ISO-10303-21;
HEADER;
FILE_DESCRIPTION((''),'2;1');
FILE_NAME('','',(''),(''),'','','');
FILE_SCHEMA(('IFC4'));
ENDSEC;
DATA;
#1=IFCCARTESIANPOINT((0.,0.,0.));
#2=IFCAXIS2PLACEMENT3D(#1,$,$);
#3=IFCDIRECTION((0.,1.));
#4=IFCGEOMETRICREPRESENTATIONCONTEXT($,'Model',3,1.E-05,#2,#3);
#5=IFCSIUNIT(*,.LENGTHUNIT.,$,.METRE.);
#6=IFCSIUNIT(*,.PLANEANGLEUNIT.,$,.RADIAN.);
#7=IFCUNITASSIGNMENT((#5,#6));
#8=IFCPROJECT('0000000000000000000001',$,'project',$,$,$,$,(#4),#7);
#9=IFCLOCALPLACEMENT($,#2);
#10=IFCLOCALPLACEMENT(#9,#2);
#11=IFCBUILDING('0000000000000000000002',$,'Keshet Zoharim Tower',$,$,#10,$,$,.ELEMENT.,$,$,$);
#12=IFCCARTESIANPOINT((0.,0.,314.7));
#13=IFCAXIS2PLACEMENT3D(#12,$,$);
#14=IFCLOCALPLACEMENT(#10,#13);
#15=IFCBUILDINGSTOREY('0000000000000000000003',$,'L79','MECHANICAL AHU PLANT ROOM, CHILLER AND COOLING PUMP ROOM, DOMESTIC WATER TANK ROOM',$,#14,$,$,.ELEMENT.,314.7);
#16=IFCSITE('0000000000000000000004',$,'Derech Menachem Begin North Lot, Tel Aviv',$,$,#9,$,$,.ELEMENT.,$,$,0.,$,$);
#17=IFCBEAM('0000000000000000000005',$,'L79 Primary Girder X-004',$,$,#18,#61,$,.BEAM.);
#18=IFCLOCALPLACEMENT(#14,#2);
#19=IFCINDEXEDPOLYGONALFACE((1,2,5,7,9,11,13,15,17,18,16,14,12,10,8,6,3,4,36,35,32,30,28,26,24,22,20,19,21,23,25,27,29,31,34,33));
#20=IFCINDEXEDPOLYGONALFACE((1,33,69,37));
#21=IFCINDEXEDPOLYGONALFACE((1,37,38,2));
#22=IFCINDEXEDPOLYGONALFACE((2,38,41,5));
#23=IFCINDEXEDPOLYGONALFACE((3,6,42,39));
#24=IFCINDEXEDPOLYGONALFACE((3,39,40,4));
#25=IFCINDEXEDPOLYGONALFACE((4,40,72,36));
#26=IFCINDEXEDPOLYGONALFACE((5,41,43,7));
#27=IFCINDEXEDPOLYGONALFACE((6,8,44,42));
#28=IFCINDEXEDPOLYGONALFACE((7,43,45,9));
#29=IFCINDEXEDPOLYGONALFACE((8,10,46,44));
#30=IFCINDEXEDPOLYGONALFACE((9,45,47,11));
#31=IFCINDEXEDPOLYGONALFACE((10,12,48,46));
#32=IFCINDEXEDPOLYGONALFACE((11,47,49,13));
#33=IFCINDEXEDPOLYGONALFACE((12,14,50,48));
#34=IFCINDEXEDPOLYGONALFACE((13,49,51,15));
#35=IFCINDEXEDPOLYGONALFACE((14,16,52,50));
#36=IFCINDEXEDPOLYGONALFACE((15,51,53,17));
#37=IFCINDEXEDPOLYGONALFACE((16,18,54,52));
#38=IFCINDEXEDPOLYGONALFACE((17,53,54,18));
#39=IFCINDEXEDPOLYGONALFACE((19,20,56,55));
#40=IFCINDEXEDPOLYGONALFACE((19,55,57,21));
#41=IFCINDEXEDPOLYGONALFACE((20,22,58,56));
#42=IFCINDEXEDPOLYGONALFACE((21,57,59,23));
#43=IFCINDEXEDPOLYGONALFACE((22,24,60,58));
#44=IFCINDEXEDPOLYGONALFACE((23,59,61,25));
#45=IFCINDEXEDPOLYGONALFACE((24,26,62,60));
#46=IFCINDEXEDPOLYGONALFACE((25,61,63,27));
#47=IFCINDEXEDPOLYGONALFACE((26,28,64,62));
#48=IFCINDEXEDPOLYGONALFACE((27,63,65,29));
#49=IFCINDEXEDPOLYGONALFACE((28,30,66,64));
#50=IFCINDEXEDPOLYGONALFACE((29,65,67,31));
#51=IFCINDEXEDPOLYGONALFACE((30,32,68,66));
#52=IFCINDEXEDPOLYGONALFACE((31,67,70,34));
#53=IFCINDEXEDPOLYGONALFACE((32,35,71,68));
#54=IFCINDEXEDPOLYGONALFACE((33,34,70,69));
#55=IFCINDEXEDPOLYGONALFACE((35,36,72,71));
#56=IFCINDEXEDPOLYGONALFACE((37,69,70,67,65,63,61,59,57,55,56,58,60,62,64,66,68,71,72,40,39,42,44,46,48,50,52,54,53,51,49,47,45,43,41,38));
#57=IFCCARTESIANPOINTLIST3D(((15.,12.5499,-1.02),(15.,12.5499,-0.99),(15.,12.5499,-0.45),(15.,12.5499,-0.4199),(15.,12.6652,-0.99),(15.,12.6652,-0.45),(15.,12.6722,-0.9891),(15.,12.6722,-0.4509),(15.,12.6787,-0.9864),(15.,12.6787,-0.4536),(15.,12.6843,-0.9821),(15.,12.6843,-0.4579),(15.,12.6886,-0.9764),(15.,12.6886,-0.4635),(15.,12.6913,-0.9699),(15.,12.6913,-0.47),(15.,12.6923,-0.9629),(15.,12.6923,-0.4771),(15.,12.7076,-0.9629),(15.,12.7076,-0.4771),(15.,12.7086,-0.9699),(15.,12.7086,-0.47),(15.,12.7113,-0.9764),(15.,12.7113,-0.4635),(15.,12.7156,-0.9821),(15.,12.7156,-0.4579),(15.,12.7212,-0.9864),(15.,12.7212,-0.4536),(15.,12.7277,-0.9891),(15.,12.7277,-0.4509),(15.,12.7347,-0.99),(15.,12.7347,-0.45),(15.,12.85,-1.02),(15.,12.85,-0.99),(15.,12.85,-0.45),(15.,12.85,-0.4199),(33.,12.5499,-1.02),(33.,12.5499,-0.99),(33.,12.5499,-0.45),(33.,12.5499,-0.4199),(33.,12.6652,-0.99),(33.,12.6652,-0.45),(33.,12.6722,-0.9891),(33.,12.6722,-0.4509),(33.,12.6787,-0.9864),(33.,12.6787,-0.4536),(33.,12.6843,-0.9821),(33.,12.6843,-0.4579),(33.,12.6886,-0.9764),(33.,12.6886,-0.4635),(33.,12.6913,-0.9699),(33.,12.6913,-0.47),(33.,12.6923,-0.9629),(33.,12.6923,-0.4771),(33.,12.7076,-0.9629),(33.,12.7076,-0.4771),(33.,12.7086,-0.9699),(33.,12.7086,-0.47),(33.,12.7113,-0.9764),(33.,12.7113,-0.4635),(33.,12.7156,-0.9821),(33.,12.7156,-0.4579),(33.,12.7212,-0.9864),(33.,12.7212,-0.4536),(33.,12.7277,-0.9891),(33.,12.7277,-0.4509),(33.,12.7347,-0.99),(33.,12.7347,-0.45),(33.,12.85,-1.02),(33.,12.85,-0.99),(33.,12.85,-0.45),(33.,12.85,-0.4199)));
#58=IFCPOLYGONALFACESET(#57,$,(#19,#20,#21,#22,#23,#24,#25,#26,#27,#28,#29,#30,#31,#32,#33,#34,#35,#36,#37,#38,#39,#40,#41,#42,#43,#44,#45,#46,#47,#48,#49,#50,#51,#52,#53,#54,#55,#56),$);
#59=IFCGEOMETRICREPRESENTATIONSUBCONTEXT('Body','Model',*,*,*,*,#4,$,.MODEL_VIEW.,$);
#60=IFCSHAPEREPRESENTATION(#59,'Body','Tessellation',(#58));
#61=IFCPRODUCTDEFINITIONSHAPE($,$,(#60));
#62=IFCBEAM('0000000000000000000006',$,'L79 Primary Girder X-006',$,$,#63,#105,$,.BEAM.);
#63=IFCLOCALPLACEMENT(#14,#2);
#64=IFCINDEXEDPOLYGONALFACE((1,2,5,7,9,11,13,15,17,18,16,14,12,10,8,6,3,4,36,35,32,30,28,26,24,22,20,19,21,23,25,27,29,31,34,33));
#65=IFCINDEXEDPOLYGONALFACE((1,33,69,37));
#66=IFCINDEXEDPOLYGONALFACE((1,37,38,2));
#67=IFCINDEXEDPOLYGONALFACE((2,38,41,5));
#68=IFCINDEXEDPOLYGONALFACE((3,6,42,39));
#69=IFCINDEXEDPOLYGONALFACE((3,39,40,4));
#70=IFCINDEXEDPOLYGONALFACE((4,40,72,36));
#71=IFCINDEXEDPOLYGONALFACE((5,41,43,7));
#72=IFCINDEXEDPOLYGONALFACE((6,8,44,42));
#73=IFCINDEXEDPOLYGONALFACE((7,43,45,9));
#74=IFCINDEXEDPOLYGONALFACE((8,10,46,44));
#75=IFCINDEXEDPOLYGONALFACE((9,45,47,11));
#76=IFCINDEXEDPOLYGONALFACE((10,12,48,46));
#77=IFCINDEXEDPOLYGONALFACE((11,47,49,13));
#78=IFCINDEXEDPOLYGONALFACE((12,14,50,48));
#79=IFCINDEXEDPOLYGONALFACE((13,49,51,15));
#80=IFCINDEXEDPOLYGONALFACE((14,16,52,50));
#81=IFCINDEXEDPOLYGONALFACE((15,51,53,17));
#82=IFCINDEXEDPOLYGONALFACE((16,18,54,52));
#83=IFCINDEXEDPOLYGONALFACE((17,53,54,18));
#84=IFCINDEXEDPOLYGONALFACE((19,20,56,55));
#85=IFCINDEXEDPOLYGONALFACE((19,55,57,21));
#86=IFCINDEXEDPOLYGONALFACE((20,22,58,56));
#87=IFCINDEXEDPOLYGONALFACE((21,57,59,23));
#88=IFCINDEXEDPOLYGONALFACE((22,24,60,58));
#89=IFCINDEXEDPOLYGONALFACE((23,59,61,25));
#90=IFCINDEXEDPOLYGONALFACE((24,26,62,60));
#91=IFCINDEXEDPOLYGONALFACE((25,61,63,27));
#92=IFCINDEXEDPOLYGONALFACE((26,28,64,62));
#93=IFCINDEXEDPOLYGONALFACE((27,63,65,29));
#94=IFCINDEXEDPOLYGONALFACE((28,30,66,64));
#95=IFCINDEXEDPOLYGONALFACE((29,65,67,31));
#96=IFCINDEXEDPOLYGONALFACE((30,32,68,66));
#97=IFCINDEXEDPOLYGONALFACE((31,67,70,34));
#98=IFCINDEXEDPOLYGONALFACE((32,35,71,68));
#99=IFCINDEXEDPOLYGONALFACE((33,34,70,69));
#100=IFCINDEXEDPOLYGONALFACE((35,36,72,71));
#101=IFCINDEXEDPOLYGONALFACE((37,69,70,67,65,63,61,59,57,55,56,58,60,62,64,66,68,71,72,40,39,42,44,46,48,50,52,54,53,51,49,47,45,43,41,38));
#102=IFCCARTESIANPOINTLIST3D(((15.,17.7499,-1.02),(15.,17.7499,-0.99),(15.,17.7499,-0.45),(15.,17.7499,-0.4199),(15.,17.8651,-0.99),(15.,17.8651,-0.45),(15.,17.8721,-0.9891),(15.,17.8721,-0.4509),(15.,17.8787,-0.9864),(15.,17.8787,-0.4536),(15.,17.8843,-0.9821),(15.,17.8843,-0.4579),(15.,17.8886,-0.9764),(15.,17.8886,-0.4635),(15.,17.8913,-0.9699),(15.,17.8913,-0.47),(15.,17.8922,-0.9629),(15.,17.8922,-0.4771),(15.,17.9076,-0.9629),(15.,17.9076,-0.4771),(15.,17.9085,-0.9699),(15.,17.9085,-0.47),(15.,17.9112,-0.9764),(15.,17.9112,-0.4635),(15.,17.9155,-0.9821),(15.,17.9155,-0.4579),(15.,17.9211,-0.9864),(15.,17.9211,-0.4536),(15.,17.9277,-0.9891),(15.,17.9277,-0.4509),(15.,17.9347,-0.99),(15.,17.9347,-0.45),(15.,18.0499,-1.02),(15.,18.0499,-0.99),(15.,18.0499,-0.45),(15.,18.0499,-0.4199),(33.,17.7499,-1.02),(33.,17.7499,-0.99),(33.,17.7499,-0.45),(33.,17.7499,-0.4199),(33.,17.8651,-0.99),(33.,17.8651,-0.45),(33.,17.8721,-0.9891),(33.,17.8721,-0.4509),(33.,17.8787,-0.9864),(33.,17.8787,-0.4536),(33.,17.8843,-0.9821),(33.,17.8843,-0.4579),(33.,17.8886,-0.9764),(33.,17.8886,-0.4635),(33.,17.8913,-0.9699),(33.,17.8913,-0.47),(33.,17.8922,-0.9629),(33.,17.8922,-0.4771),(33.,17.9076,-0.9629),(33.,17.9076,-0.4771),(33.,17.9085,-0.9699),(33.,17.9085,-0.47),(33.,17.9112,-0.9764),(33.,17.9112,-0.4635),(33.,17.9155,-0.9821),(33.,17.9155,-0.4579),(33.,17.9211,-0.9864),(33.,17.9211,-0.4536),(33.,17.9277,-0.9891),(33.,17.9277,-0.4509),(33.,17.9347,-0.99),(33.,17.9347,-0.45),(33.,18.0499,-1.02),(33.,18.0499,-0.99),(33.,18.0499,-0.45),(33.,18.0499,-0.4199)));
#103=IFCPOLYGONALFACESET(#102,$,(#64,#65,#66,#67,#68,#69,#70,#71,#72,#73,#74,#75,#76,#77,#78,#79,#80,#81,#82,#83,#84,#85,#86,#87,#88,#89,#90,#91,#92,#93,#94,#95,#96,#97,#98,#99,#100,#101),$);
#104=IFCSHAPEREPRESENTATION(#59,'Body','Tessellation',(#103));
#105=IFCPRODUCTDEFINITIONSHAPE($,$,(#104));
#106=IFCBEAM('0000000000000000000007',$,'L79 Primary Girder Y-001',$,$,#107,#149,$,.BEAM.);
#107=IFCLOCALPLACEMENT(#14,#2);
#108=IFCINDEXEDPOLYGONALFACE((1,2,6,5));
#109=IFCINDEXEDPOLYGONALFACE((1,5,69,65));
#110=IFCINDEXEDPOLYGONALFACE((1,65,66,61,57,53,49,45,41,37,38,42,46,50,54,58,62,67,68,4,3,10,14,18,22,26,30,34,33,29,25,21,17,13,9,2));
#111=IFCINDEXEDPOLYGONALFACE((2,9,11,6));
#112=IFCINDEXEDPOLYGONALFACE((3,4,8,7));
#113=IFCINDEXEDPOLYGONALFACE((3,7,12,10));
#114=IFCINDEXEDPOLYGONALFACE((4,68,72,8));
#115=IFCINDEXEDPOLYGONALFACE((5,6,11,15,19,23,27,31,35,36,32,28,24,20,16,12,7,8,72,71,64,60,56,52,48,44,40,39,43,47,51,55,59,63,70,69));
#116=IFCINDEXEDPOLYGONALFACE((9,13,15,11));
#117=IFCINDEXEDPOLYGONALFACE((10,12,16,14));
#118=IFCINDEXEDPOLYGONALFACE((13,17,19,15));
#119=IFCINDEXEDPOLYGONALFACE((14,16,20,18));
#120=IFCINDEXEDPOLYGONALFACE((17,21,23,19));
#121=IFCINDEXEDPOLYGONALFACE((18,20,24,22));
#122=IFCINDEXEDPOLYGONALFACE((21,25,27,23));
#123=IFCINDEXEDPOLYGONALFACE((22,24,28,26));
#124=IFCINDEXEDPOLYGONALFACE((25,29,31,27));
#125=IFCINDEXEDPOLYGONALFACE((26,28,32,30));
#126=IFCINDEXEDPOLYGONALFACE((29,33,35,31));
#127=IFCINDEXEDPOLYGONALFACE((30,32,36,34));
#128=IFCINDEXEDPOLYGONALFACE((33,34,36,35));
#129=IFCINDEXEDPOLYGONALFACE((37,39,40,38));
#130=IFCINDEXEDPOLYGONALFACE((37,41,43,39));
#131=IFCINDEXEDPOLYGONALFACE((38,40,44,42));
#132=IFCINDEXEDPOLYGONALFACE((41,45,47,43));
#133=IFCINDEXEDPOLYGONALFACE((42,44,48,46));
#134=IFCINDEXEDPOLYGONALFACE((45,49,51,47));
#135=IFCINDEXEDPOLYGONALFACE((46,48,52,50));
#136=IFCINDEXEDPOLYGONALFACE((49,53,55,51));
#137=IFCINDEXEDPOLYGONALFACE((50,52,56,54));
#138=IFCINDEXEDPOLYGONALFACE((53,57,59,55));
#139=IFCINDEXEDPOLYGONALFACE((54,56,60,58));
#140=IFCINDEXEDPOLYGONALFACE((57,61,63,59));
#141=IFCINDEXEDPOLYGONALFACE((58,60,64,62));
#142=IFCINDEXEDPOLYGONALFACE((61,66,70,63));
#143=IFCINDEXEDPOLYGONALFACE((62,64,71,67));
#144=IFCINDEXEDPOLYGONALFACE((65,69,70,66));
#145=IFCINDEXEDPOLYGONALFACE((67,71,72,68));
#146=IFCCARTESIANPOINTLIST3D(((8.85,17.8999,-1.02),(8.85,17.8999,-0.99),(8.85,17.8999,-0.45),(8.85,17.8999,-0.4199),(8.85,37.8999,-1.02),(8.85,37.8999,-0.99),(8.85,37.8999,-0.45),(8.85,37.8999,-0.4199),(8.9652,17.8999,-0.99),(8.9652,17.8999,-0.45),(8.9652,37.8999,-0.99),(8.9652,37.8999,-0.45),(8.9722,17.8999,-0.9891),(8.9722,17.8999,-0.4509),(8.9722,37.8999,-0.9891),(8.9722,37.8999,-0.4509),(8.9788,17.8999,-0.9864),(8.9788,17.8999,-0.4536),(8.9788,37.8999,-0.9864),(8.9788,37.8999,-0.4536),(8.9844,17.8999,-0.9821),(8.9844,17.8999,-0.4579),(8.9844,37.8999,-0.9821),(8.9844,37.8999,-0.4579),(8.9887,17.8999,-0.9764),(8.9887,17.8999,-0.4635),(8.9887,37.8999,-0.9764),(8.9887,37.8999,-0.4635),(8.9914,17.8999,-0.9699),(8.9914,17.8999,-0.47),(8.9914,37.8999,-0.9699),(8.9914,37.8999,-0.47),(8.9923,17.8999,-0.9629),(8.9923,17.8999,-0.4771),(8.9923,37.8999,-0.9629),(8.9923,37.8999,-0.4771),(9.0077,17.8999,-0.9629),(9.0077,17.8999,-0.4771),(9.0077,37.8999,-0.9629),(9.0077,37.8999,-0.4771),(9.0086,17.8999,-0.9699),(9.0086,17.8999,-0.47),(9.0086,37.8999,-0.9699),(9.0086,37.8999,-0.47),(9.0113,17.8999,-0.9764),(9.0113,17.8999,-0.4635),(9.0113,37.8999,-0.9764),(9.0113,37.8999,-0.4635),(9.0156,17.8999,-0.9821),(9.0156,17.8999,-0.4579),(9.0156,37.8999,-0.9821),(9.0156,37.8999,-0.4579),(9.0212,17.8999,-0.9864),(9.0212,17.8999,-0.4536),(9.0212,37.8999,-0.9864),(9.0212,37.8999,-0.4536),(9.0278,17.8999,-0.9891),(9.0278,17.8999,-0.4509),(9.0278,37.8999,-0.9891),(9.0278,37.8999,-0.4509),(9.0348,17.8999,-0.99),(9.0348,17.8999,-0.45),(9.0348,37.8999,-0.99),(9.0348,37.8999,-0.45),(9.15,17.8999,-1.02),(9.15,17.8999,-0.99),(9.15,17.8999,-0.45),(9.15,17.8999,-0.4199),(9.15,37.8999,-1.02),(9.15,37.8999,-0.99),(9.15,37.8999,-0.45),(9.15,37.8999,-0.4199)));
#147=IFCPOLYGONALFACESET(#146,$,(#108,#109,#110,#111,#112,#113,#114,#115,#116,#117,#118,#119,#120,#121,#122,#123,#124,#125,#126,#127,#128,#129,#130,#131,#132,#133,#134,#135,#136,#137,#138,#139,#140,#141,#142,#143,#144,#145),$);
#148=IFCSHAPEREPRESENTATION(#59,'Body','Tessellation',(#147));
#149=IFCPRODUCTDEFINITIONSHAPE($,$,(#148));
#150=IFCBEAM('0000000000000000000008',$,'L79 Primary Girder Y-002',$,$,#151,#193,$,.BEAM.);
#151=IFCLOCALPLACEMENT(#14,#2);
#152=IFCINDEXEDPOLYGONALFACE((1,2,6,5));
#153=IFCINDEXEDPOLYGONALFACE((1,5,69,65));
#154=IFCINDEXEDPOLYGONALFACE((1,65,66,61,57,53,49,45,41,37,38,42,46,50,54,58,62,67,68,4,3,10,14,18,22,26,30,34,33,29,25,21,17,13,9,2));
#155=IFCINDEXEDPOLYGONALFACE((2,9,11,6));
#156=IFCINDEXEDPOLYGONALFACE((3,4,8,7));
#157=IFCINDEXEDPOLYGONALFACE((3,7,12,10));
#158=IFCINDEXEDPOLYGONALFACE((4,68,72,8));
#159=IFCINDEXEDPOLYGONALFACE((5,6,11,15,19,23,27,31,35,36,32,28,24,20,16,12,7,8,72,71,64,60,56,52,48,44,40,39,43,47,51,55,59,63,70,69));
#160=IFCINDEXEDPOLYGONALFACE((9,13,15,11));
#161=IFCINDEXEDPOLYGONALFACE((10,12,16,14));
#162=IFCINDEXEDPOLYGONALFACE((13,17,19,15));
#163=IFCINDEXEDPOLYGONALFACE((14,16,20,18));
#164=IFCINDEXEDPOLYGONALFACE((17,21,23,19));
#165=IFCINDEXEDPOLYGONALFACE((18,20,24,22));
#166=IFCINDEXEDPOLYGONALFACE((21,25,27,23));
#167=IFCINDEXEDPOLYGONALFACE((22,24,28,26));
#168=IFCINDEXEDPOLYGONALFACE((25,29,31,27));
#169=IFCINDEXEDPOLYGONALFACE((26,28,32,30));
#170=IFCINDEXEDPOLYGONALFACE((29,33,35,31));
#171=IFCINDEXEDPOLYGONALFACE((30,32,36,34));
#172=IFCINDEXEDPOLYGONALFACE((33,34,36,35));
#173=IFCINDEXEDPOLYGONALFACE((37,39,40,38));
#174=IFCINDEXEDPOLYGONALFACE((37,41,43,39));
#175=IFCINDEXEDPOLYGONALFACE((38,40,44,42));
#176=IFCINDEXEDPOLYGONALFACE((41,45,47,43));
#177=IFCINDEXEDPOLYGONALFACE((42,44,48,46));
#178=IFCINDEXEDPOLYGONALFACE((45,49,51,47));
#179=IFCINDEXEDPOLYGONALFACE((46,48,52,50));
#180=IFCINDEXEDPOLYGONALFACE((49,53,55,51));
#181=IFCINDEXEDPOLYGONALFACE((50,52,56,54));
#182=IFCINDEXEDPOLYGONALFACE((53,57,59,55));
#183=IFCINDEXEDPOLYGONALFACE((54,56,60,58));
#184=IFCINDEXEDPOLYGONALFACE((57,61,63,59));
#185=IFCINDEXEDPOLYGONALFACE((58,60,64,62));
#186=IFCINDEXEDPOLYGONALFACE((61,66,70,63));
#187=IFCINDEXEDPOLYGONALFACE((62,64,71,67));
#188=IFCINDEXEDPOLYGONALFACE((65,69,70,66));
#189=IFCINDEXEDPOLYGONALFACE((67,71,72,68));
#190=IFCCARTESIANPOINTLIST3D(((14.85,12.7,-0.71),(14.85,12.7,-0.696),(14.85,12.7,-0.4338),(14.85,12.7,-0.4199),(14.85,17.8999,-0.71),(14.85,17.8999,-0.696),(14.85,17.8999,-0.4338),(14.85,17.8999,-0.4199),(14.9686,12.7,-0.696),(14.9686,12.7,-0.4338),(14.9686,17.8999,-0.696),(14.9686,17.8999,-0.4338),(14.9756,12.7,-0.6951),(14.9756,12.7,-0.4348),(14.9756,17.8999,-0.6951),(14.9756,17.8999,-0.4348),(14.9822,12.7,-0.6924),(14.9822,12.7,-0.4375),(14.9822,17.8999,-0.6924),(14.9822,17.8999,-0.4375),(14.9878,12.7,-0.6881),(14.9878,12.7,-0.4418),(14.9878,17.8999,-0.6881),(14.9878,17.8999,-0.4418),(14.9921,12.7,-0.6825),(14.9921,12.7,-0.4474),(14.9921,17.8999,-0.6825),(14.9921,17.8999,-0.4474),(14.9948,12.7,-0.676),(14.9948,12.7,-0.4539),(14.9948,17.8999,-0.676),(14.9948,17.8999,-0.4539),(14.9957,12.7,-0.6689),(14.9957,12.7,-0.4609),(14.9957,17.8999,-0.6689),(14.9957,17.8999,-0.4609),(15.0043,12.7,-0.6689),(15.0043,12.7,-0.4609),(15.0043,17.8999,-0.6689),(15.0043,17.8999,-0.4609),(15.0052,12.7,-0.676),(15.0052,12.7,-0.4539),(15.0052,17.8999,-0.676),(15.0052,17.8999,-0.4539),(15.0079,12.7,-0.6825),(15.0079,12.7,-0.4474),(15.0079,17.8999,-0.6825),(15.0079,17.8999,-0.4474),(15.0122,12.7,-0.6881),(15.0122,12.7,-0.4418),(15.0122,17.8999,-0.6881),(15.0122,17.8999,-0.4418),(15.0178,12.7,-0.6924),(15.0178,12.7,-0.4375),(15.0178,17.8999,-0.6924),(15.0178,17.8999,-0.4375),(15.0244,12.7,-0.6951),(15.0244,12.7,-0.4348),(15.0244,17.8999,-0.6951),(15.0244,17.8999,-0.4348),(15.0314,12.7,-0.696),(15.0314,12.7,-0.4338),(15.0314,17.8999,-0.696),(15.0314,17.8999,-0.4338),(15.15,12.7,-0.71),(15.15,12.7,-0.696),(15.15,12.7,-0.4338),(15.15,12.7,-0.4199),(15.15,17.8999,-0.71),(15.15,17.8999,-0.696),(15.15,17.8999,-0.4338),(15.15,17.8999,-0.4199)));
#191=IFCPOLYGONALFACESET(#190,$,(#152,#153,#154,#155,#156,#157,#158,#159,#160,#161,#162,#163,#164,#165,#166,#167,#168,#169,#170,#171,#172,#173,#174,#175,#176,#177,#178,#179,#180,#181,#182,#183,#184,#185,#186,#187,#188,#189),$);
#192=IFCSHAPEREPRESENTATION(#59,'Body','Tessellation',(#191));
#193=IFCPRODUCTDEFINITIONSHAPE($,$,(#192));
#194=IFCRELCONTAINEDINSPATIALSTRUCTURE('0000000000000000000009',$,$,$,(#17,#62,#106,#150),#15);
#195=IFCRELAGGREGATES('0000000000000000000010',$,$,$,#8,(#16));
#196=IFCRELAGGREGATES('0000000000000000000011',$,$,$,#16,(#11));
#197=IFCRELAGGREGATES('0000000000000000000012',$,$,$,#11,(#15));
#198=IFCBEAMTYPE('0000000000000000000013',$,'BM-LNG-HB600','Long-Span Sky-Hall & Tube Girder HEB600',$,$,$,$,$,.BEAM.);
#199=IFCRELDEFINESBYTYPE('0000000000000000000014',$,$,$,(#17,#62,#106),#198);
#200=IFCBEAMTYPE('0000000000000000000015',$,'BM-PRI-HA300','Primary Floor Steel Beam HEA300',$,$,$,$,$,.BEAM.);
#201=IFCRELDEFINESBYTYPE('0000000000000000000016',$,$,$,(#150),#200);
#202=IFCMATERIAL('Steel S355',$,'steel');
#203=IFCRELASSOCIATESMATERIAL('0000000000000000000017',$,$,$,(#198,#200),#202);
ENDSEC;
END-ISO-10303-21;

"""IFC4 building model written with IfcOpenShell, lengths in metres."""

from ifc_helpers import new_model, si_unit, direction, frame, origin, origin_2d, place, context, subcontext, project, spatial, i_section, extrude, material, material_profile, profile_set, type_object, element, save


model = new_model("IFC4")

# Units and contexts
model_context = context("Model", 3, precision=1e-05, world=origin(), true_north=direction((0.0, 1.0)))
body_context = subcontext(model_context, "Body", "Model", "MODEL_VIEW")
ifc_project = project(units=[si_unit("LENGTHUNIT", "METRE"), si_unit("PLANEANGLEUNIT", "RADIAN")], contexts=[model_context])

# Site, building, storey
site_placement = place(None, origin())
site = spatial("IfcSite", under=ifc_project, at=site_placement, Name="Derech Menachem Begin North Lot, Tel Aviv", CompositionType="ELEMENT", RefElevation=0.0)
building_placement = place(site_placement, origin())
building = spatial("IfcBuilding", under=site, at=building_placement, Name="Keshet Zoharim Tower", CompositionType="ELEMENT")
storey_placement = place(building_placement, frame((0.0, 0.0, 314.7)))
storey = spatial("IfcBuildingStorey", under=building, at=storey_placement, Name="L79", Description="MECHANICAL AHU PLANT ROOM, CHILLER AND COOLING PUMP ROOM, DOMESTIC WATER TANK ROOM", CompositionType="ELEMENT", Elevation=314.7)

# Shared definitions
ifc_material_1 = material(Name="Steel S355", Category="steel")

# Beams
ifc_material_profile_1 = material_profile(ifc_material_1, i_section(OverallWidth=0.3, OverallDepth=0.6001, WebThickness=0.0154, FlangeThickness=0.03, FilletRadius=0.0271, at=origin_2d()), Name="HEB600")
ifc_profile_set_1 = profile_set([ifc_material_profile_1], Name="Steel S355")
beam_type_1 = type_object("IfcBeamType", Name="BM-LNG-HB600", Description="Long-Span Sky-Hall & Tube Girder HEB600", PredefinedType="BEAM", material=ifc_profile_set_1)
for number, where, z_axis, x_axis, name in (
    (1, (15.0, 12.7, -0.72), (1.0, 0.0, 0.0), (0.0, 1.0, 0.0), "L79 Primary Girder X-004"),
    (2, (15.0, 17.8999, -0.72), (1.0, 0.0, 0.0), (0.0, 1.0, 0.0), "L79 Primary Girder X-006"),
):
    element("IfcBeam", number, at=place(storey_placement, frame(where, z_axis=z_axis, x_axis=x_axis)), inside=storey, type_object=beam_type_1, Name=name, PredefinedType="BEAM", context=body_context, shape_type="SweptSolid", body=[
        extrude(i_section(OverallWidth=0.3, OverallDepth=0.6001, WebThickness=0.0154, FlangeThickness=0.03, FilletRadius=0.0271, at=origin_2d()), origin(), (0.0, 0.0, 1.0), 18.0),
    ])
beam_1_placement = place(storey_placement, frame((9.0, 17.8999, -0.72), z_axis=(0.0, 1.0, 0.0), x_axis=(-1.0, 0.0, 0.0)))
element("IfcBeam", 3, at=beam_1_placement, inside=storey, type_object=beam_type_1, Name="L79 Primary Girder Y-001", PredefinedType="BEAM", context=body_context, shape_type="SweptSolid", body=[
    extrude(i_section(OverallWidth=0.3, OverallDepth=0.6001, WebThickness=0.0154, FlangeThickness=0.03, FilletRadius=0.0271, at=origin_2d()), origin(), (0.0, 0.0, 1.0), 20.0),
])
ifc_material_profile_2 = material_profile(ifc_material_1, i_section(OverallWidth=0.3, OverallDepth=0.29, WebThickness=0.0085, FlangeThickness=0.0139, FilletRadius=0.0271, at=origin_2d()), Name="HEA300")
ifc_profile_set_2 = profile_set([ifc_material_profile_2], Name="Steel S355")
beam_type_2 = type_object("IfcBeamType", Name="BM-PRI-HA300", Description="Primary Floor Steel Beam HEA300", PredefinedType="BEAM", material=ifc_profile_set_2)
beam_2_placement = place(storey_placement, frame((15.0, 12.7, -0.5649), z_axis=(0.0, 1.0, 0.0), x_axis=(-1.0, 0.0, 0.0)))
element("IfcBeam", 4, at=beam_2_placement, inside=storey, type_object=beam_type_2, Name="L79 Primary Girder Y-002", PredefinedType="BEAM", context=body_context, shape_type="SweptSolid", body=[
    extrude(i_section(OverallWidth=0.3, OverallDepth=0.29, WebThickness=0.0085, FlangeThickness=0.0139, FilletRadius=0.0271, at=origin_2d()), origin(), (0.0, 0.0, 1.0), 5.2),
])

save(model, "model.ifc")
